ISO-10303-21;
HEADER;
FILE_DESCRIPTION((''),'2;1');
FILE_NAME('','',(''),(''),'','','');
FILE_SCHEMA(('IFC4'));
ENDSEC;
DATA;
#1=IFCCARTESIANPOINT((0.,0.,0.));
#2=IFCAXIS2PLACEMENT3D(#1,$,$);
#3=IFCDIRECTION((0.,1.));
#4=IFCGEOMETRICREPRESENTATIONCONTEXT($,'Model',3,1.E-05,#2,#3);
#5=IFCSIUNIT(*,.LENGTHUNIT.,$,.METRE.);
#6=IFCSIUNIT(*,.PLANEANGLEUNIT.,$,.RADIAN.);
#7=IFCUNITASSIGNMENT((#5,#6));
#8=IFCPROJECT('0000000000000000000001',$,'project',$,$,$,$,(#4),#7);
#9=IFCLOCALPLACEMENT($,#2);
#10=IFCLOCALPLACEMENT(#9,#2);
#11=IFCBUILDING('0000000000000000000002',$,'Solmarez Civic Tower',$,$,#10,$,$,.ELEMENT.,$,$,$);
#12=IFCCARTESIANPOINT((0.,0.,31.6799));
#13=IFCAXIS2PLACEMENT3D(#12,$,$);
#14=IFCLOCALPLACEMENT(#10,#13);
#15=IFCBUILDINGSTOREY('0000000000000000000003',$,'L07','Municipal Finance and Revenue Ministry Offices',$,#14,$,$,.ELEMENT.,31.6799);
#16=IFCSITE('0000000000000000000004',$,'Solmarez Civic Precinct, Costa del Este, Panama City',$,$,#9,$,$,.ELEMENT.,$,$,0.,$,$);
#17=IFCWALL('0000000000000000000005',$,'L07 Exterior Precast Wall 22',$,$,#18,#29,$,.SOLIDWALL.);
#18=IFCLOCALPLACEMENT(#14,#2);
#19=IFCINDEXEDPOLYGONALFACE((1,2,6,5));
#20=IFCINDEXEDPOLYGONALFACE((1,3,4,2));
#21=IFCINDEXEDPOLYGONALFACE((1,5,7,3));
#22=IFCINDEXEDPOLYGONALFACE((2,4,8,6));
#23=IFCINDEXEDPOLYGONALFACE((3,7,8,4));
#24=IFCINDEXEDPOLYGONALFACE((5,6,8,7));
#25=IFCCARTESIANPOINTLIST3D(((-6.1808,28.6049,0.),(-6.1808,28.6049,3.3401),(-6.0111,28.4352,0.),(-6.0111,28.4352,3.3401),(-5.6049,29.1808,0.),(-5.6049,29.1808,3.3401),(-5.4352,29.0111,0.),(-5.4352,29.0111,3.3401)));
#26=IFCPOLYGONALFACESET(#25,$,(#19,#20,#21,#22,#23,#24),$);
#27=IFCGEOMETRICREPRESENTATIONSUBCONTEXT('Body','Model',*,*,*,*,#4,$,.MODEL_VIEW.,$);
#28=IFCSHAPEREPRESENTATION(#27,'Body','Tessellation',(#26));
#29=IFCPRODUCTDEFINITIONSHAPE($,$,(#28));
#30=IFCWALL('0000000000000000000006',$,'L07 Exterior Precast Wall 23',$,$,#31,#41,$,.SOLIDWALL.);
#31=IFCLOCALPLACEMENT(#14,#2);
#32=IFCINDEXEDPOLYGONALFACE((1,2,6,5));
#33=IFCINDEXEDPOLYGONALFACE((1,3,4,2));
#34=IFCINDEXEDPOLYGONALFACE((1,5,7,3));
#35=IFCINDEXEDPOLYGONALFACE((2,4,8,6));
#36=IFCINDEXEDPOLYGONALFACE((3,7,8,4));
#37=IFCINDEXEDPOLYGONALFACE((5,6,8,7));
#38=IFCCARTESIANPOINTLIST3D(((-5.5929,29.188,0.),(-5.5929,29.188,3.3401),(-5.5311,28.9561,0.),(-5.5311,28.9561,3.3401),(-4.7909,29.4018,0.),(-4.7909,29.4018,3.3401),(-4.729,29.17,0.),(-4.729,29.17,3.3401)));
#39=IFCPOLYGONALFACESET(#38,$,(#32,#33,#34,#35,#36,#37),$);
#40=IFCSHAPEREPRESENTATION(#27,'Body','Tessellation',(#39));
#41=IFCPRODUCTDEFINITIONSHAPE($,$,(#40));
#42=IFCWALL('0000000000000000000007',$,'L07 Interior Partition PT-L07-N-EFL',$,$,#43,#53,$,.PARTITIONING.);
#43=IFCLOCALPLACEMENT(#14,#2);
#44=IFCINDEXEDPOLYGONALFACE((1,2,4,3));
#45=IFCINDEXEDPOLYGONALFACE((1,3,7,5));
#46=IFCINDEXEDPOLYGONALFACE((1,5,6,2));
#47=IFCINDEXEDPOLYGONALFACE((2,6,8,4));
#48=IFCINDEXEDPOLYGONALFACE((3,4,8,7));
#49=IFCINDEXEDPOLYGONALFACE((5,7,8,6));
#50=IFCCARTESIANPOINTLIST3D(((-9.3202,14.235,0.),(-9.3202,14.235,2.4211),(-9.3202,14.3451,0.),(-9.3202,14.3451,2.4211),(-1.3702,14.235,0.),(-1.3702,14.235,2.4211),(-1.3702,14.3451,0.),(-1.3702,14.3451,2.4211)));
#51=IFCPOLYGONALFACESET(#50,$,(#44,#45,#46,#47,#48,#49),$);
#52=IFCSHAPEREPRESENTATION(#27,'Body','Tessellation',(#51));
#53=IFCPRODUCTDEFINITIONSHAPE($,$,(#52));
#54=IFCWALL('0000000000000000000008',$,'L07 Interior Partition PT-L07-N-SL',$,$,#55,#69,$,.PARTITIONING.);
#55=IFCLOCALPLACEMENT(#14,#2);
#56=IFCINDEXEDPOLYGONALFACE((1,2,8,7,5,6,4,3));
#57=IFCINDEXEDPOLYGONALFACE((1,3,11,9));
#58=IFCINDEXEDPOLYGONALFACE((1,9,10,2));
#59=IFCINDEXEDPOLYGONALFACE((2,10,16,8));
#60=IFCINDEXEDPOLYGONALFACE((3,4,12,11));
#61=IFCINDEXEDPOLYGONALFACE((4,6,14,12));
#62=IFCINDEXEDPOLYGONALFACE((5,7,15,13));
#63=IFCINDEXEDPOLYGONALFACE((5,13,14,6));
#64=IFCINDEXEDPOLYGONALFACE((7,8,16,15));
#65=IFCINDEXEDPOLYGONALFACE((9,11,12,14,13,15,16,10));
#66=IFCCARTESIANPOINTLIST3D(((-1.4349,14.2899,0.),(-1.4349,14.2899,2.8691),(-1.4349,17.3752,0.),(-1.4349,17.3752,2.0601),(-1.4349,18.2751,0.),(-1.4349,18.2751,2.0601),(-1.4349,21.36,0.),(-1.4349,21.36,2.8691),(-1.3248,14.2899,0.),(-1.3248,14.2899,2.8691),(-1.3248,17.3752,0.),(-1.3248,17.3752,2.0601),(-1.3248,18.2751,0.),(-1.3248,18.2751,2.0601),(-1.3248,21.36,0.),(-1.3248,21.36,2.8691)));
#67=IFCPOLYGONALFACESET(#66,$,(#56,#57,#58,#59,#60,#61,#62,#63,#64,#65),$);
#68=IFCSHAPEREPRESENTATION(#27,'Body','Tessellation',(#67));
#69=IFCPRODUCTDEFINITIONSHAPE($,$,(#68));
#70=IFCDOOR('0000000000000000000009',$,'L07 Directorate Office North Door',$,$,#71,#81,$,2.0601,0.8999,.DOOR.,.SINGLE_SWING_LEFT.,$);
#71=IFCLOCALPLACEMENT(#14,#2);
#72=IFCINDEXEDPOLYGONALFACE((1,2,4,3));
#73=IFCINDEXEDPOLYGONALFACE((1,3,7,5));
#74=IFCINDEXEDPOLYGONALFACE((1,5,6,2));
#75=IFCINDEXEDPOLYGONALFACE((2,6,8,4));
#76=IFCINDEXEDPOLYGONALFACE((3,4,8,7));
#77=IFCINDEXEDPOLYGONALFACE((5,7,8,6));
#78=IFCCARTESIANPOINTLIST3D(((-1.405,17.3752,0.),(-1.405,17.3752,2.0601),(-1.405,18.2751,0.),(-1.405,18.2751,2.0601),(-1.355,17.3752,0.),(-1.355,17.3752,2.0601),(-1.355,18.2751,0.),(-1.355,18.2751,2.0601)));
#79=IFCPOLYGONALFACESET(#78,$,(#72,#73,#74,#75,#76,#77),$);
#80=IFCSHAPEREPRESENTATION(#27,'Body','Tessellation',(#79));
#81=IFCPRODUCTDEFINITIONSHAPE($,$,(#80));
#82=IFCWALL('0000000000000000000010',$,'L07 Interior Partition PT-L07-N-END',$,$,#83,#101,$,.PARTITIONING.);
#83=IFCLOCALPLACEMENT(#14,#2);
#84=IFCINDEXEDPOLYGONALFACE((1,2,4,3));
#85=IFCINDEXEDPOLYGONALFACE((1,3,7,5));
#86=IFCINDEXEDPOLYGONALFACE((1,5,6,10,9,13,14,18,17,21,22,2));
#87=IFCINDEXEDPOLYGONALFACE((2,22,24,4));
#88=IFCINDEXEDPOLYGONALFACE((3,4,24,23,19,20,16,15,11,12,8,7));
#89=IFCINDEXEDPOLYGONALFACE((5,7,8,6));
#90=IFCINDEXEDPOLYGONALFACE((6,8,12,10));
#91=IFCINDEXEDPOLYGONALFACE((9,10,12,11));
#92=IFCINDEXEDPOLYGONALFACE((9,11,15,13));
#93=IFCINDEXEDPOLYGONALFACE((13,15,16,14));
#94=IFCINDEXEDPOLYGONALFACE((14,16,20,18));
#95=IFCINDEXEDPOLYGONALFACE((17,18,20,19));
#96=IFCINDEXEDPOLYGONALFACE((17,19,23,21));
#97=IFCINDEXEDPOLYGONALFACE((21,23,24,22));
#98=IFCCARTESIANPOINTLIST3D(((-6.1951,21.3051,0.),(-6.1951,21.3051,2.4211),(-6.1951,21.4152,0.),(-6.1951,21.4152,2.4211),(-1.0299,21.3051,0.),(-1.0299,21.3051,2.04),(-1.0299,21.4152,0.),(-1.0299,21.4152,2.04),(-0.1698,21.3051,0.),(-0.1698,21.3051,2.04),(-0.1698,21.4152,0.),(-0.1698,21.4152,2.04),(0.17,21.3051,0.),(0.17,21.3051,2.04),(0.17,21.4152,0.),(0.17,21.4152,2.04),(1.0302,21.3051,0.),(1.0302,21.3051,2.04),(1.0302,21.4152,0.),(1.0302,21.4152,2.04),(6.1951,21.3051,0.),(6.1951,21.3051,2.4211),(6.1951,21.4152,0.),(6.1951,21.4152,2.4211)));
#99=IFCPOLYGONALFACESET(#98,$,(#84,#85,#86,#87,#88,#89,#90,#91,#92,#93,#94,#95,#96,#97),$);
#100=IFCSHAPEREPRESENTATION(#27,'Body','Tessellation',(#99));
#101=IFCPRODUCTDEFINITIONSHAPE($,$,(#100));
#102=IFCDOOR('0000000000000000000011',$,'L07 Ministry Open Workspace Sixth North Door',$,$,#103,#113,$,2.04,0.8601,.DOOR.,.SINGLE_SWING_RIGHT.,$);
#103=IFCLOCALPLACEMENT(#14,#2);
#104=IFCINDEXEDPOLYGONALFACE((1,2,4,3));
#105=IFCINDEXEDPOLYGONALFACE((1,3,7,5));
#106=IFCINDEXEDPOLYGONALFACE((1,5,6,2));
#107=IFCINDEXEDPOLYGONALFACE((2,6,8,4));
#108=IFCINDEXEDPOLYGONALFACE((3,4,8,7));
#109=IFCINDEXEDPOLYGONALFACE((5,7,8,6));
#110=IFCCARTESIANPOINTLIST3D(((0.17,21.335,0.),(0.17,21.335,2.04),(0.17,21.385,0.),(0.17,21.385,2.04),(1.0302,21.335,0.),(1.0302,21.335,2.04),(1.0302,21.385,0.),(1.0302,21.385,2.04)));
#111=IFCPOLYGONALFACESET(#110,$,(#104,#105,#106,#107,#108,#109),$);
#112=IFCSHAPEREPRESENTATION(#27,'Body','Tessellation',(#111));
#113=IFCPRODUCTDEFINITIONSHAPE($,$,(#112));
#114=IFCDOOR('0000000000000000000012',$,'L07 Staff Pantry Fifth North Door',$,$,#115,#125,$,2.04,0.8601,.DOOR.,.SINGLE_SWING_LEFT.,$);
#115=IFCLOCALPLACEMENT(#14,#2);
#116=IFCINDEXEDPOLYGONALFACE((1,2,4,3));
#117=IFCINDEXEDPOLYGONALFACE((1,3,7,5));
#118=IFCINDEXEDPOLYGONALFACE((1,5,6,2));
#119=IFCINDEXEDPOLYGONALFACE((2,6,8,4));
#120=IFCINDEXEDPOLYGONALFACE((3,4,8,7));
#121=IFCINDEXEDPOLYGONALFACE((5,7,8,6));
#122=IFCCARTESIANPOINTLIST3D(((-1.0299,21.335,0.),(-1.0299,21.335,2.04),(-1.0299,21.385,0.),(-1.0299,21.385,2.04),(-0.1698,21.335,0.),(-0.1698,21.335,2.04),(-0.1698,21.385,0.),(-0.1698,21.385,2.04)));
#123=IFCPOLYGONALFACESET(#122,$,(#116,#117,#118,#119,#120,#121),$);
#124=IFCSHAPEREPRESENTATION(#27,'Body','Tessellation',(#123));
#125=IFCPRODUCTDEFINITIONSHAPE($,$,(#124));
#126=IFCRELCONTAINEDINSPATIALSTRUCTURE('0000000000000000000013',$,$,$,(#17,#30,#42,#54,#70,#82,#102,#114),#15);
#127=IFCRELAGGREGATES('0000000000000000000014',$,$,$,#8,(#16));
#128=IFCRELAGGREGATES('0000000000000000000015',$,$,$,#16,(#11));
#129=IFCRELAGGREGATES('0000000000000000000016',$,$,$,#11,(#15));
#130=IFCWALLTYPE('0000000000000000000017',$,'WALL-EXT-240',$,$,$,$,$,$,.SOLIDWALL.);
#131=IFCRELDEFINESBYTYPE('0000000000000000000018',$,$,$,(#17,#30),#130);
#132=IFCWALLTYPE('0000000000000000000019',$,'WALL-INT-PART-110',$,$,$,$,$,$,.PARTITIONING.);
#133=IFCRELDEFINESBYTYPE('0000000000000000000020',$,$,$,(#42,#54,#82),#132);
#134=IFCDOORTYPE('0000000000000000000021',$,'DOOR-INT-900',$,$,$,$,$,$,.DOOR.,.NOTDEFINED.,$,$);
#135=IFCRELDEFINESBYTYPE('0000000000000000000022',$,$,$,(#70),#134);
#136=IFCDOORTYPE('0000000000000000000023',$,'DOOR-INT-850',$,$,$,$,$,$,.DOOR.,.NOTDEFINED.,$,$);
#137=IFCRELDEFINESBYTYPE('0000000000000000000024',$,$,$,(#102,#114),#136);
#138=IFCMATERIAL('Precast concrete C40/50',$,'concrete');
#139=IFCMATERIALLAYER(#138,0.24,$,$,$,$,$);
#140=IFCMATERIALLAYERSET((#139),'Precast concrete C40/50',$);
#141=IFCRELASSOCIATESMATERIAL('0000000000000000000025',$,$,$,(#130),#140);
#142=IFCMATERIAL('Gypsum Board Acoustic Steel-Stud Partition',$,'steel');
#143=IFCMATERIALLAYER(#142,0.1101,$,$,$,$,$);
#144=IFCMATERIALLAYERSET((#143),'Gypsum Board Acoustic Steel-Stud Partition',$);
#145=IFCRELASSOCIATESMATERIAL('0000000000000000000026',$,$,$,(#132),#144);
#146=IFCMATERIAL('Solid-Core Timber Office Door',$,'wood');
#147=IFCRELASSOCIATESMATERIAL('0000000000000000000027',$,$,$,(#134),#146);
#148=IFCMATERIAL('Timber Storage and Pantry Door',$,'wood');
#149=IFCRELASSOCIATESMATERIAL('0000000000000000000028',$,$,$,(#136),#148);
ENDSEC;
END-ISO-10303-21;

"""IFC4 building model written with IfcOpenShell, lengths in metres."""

from ifc_helpers import new_model, si_unit, direction, frame, frame_2d, origin, place, context, subcontext, project, spatial, rectangle, extrude, material, layer, layer_set, type_object, element, fill, save


model = new_model("IFC4")

# Units and contexts
model_context = context("Model", 3, precision=1e-05, world=origin(), true_north=direction((0.0, 1.0)))
body_context = subcontext(model_context, "Body", "Model", "MODEL_VIEW")
ifc_project = project(units=[si_unit("LENGTHUNIT", "METRE"), si_unit("PLANEANGLEUNIT", "RADIAN")], contexts=[model_context])

# Site, building, storey
site_placement = place(None, origin())
site = spatial("IfcSite", under=ifc_project, at=site_placement, Name="Solmarez Civic Precinct, Costa del Este, Panama City", CompositionType="ELEMENT", RefElevation=0.0)
building_placement = place(site_placement, origin())
building = spatial("IfcBuilding", under=site, at=building_placement, Name="Solmarez Civic Tower", CompositionType="ELEMENT")
storey_placement = place(building_placement, frame((0.0, 0.0, 31.6799)))
storey = spatial("IfcBuildingStorey", under=building, at=storey_placement, Name="L07", Description="Municipal Finance and Revenue Ministry Offices", CompositionType="ELEMENT", Elevation=31.6799)

# Walls
ifc_material_1 = material(Name="Precast concrete C40/50", Category="concrete")
ifc_layer_1 = layer(ifc_material_1, 0.24)
ifc_layer_set_1 = layer_set([ifc_layer_1], Name="Precast concrete C40/50")
wall_type_1 = type_object("IfcWallType", Name="WALL-EXT-240", PredefinedType="SOLIDWALL", material=ifc_layer_set_1)
wall_1_placement = place(storey_placement, frame((-6.0959, 28.52, 0.0), z_axis=(0.0, 0.0, 1.0), x_axis=(0.707107, 0.707107, 0.0)))
element("IfcWall", 1, at=wall_1_placement, inside=storey, type_object=wall_type_1, Name="L07 Exterior Precast Wall 22", PredefinedType="SOLIDWALL", context=body_context, shape_type="SweptSolid", body=[
    extrude(rectangle(XDim=0.8145, YDim=0.24, at=frame_2d((0.4072, 0.0))), origin(), (0.0, 0.0, 1.0), 3.3401),
])
wall_2_placement = place(storey_placement, frame((-5.562, 29.072, 0.0), z_axis=(0.0, 0.0, 1.0), x_axis=(0.966235, 0.257663, 0.0)))
element("IfcWall", 2, at=wall_2_placement, inside=storey, type_object=wall_type_1, Name="L07 Exterior Precast Wall 23", PredefinedType="SOLIDWALL", context=body_context, shape_type="SweptSolid", body=[
    extrude(rectangle(XDim=0.8301, YDim=0.24, at=frame_2d((0.415, 0.0))), origin(), (0.0, 0.0, 1.0), 3.3401),
])
ifc_material_2 = material(Name="Gypsum Board Acoustic Steel-Stud Partition", Category="steel")
ifc_layer_2 = layer(ifc_material_2, 0.1101)
ifc_layer_set_2 = layer_set([ifc_layer_2], Name="Gypsum Board Acoustic Steel-Stud Partition")
wall_type_2 = type_object("IfcWallType", Name="WALL-INT-PART-110", PredefinedType="PARTITIONING", material=ifc_layer_set_2)
wall_3_placement = place(storey_placement, frame((-1.3701, 14.29, 0.0), z_axis=(0.0, 0.0, 1.0), x_axis=(-1.0, 0.0, 0.0)))
element("IfcWall", 3, at=wall_3_placement, inside=storey, type_object=wall_type_2, Name="L07 Interior Partition PT-L07-N-EFL", PredefinedType="PARTITIONING", context=body_context, shape_type="SweptSolid", body=[
    extrude(rectangle(XDim=7.95, YDim=0.1101, at=frame_2d((3.9751, 0.0))), origin(), (0.0, 0.0, 1.0), 2.4211),
])

# Wall, opening, door
wall_4_placement = place(storey_placement, frame((-1.3799, 21.3601, 0.0), z_axis=(0.0, 0.0, 1.0), x_axis=(0.0, -1.0, 0.0)))
wall_4 = element("IfcWall", 4, at=wall_4_placement, inside=storey, type_object=wall_type_2, Name="L07 Interior Partition PT-L07-N-SL", PredefinedType="PARTITIONING", context=body_context, shape_type="SweptSolid", body=[
    extrude(rectangle(XDim=7.0701, YDim=0.1101, at=frame_2d((3.5352, 0.0))), origin(), (0.0, 0.0, 1.0), 2.8691),
])
opening_1_placement = place(wall_4_placement, frame((3.085, 0.0, 0.0)))
opening_1 = element("IfcOpeningElement", 5, at=opening_1_placement, cuts=wall_4, PredefinedType="OPENING", context=body_context, shape_type="SweptSolid", body=[
    extrude(rectangle(XDim=0.8999, YDim=2.0601, at=frame_2d((0.45, 1.03))), frame((0.0, 0.0649, 0.0), z_axis=(0.0, -1.0, 0.0), x_axis=(1.0, 0.0, 0.0)), (0.0, 0.0, 1.0), 0.1301),
])
ifc_material_3 = material(Name="Solid-Core Timber Office Door", Category="wood")
door_type_1 = type_object("IfcDoorType", Name="DOOR-INT-900", OperationType="NOTDEFINED", PredefinedType="DOOR", material=ifc_material_3)
door_1_placement = place(opening_1_placement, origin())
door_1 = element("IfcDoor", 6, at=door_1_placement, inside=storey, type_object=door_type_1, Name="L07 Directorate Office North Door", OperationType="SINGLE_SWING_LEFT", OverallHeight=2.0601, OverallWidth=0.8999, PredefinedType="DOOR", context=body_context, shape_type="SweptSolid", body=[
    extrude(rectangle(XDim=0.8999, YDim=2.0601, at=frame_2d((0.45, 1.03))), frame((0.0, 0.0249, 0.0), z_axis=(0.0, -1.0, 0.0), x_axis=(1.0, 0.0, 0.0)), (0.0, 0.0, 1.0), 0.05),
])
fill(opening_1, door_1)

# Wall, openings, doors
wall_5_placement = place(storey_placement, frame((-6.1951, 21.3601, 0.0), z_axis=(0.0, 0.0, 1.0), x_axis=(1.0, 0.0, 0.0)))
wall_5 = element("IfcWall", 7, at=wall_5_placement, inside=storey, type_object=wall_type_2, Name="L07 Interior Partition PT-L07-N-END", PredefinedType="PARTITIONING", context=body_context, shape_type="SweptSolid", body=[
    extrude(rectangle(XDim=12.3901, YDim=0.1101, at=frame_2d((6.1951, 0.0))), origin(), (0.0, 0.0, 1.0), 2.4211),
])
opening_2_placement = place(wall_5_placement, frame((6.365, 0.0, 0.0)))
opening_2 = element("IfcOpeningElement", 8, at=opening_2_placement, cuts=wall_5, PredefinedType="OPENING", context=body_context, shape_type="SweptSolid", body=[
    extrude(rectangle(XDim=0.8601, YDim=2.04, at=frame_2d((0.4302, 1.02))), frame((0.0, 0.0649, 0.0), z_axis=(0.0, -1.0, 0.0), x_axis=(1.0, 0.0, 0.0)), (0.0, 0.0, 1.0), 0.1301),
])
opening_3_placement = place(wall_5_placement, frame((5.165, 0.0, 0.0)))
opening_3 = element("IfcOpeningElement", 9, at=opening_3_placement, cuts=wall_5, PredefinedType="OPENING", context=body_context, shape_type="SweptSolid", body=[
    extrude(rectangle(XDim=0.8601, YDim=2.04, at=frame_2d((0.4302, 1.02))), frame((0.0, 0.0649, 0.0), z_axis=(0.0, -1.0, 0.0), x_axis=(1.0, 0.0, 0.0)), (0.0, 0.0, 1.0), 0.1301),
])
ifc_material_4 = material(Name="Timber Storage and Pantry Door", Category="wood")
door_type_2 = type_object("IfcDoorType", Name="DOOR-INT-850", OperationType="NOTDEFINED", PredefinedType="DOOR", material=ifc_material_4)
door_2_placement = place(opening_2_placement, origin())
door_2 = element("IfcDoor", 10, at=door_2_placement, inside=storey, type_object=door_type_2, Name="L07 Ministry Open Workspace Sixth North Door", OperationType="SINGLE_SWING_RIGHT", OverallHeight=2.04, OverallWidth=0.8601, PredefinedType="DOOR", context=body_context, shape_type="SweptSolid", body=[
    extrude(rectangle(XDim=0.8601, YDim=2.04, at=frame_2d((0.4302, 1.02))), frame((0.0, 0.0249, 0.0), z_axis=(0.0, -1.0, 0.0), x_axis=(1.0, 0.0, 0.0)), (0.0, 0.0, 1.0), 0.05),
])
fill(opening_2, door_2)
door_3_placement = place(opening_3_placement, origin())
door_3 = element("IfcDoor", 11, at=door_3_placement, inside=storey, type_object=door_type_2, Name="L07 Staff Pantry Fifth North Door", OperationType="SINGLE_SWING_LEFT", OverallHeight=2.04, OverallWidth=0.8601, PredefinedType="DOOR", context=body_context, shape_type="SweptSolid", body=[
    extrude(rectangle(XDim=0.8601, YDim=2.04, at=frame_2d((0.4302, 1.02))), frame((0.0, 0.0249, 0.0), z_axis=(0.0, -1.0, 0.0), x_axis=(1.0, 0.0, 0.0)), (0.0, 0.0, 1.0), 0.05),
])
fill(opening_3, door_3)

save(model, "model.ifc")
